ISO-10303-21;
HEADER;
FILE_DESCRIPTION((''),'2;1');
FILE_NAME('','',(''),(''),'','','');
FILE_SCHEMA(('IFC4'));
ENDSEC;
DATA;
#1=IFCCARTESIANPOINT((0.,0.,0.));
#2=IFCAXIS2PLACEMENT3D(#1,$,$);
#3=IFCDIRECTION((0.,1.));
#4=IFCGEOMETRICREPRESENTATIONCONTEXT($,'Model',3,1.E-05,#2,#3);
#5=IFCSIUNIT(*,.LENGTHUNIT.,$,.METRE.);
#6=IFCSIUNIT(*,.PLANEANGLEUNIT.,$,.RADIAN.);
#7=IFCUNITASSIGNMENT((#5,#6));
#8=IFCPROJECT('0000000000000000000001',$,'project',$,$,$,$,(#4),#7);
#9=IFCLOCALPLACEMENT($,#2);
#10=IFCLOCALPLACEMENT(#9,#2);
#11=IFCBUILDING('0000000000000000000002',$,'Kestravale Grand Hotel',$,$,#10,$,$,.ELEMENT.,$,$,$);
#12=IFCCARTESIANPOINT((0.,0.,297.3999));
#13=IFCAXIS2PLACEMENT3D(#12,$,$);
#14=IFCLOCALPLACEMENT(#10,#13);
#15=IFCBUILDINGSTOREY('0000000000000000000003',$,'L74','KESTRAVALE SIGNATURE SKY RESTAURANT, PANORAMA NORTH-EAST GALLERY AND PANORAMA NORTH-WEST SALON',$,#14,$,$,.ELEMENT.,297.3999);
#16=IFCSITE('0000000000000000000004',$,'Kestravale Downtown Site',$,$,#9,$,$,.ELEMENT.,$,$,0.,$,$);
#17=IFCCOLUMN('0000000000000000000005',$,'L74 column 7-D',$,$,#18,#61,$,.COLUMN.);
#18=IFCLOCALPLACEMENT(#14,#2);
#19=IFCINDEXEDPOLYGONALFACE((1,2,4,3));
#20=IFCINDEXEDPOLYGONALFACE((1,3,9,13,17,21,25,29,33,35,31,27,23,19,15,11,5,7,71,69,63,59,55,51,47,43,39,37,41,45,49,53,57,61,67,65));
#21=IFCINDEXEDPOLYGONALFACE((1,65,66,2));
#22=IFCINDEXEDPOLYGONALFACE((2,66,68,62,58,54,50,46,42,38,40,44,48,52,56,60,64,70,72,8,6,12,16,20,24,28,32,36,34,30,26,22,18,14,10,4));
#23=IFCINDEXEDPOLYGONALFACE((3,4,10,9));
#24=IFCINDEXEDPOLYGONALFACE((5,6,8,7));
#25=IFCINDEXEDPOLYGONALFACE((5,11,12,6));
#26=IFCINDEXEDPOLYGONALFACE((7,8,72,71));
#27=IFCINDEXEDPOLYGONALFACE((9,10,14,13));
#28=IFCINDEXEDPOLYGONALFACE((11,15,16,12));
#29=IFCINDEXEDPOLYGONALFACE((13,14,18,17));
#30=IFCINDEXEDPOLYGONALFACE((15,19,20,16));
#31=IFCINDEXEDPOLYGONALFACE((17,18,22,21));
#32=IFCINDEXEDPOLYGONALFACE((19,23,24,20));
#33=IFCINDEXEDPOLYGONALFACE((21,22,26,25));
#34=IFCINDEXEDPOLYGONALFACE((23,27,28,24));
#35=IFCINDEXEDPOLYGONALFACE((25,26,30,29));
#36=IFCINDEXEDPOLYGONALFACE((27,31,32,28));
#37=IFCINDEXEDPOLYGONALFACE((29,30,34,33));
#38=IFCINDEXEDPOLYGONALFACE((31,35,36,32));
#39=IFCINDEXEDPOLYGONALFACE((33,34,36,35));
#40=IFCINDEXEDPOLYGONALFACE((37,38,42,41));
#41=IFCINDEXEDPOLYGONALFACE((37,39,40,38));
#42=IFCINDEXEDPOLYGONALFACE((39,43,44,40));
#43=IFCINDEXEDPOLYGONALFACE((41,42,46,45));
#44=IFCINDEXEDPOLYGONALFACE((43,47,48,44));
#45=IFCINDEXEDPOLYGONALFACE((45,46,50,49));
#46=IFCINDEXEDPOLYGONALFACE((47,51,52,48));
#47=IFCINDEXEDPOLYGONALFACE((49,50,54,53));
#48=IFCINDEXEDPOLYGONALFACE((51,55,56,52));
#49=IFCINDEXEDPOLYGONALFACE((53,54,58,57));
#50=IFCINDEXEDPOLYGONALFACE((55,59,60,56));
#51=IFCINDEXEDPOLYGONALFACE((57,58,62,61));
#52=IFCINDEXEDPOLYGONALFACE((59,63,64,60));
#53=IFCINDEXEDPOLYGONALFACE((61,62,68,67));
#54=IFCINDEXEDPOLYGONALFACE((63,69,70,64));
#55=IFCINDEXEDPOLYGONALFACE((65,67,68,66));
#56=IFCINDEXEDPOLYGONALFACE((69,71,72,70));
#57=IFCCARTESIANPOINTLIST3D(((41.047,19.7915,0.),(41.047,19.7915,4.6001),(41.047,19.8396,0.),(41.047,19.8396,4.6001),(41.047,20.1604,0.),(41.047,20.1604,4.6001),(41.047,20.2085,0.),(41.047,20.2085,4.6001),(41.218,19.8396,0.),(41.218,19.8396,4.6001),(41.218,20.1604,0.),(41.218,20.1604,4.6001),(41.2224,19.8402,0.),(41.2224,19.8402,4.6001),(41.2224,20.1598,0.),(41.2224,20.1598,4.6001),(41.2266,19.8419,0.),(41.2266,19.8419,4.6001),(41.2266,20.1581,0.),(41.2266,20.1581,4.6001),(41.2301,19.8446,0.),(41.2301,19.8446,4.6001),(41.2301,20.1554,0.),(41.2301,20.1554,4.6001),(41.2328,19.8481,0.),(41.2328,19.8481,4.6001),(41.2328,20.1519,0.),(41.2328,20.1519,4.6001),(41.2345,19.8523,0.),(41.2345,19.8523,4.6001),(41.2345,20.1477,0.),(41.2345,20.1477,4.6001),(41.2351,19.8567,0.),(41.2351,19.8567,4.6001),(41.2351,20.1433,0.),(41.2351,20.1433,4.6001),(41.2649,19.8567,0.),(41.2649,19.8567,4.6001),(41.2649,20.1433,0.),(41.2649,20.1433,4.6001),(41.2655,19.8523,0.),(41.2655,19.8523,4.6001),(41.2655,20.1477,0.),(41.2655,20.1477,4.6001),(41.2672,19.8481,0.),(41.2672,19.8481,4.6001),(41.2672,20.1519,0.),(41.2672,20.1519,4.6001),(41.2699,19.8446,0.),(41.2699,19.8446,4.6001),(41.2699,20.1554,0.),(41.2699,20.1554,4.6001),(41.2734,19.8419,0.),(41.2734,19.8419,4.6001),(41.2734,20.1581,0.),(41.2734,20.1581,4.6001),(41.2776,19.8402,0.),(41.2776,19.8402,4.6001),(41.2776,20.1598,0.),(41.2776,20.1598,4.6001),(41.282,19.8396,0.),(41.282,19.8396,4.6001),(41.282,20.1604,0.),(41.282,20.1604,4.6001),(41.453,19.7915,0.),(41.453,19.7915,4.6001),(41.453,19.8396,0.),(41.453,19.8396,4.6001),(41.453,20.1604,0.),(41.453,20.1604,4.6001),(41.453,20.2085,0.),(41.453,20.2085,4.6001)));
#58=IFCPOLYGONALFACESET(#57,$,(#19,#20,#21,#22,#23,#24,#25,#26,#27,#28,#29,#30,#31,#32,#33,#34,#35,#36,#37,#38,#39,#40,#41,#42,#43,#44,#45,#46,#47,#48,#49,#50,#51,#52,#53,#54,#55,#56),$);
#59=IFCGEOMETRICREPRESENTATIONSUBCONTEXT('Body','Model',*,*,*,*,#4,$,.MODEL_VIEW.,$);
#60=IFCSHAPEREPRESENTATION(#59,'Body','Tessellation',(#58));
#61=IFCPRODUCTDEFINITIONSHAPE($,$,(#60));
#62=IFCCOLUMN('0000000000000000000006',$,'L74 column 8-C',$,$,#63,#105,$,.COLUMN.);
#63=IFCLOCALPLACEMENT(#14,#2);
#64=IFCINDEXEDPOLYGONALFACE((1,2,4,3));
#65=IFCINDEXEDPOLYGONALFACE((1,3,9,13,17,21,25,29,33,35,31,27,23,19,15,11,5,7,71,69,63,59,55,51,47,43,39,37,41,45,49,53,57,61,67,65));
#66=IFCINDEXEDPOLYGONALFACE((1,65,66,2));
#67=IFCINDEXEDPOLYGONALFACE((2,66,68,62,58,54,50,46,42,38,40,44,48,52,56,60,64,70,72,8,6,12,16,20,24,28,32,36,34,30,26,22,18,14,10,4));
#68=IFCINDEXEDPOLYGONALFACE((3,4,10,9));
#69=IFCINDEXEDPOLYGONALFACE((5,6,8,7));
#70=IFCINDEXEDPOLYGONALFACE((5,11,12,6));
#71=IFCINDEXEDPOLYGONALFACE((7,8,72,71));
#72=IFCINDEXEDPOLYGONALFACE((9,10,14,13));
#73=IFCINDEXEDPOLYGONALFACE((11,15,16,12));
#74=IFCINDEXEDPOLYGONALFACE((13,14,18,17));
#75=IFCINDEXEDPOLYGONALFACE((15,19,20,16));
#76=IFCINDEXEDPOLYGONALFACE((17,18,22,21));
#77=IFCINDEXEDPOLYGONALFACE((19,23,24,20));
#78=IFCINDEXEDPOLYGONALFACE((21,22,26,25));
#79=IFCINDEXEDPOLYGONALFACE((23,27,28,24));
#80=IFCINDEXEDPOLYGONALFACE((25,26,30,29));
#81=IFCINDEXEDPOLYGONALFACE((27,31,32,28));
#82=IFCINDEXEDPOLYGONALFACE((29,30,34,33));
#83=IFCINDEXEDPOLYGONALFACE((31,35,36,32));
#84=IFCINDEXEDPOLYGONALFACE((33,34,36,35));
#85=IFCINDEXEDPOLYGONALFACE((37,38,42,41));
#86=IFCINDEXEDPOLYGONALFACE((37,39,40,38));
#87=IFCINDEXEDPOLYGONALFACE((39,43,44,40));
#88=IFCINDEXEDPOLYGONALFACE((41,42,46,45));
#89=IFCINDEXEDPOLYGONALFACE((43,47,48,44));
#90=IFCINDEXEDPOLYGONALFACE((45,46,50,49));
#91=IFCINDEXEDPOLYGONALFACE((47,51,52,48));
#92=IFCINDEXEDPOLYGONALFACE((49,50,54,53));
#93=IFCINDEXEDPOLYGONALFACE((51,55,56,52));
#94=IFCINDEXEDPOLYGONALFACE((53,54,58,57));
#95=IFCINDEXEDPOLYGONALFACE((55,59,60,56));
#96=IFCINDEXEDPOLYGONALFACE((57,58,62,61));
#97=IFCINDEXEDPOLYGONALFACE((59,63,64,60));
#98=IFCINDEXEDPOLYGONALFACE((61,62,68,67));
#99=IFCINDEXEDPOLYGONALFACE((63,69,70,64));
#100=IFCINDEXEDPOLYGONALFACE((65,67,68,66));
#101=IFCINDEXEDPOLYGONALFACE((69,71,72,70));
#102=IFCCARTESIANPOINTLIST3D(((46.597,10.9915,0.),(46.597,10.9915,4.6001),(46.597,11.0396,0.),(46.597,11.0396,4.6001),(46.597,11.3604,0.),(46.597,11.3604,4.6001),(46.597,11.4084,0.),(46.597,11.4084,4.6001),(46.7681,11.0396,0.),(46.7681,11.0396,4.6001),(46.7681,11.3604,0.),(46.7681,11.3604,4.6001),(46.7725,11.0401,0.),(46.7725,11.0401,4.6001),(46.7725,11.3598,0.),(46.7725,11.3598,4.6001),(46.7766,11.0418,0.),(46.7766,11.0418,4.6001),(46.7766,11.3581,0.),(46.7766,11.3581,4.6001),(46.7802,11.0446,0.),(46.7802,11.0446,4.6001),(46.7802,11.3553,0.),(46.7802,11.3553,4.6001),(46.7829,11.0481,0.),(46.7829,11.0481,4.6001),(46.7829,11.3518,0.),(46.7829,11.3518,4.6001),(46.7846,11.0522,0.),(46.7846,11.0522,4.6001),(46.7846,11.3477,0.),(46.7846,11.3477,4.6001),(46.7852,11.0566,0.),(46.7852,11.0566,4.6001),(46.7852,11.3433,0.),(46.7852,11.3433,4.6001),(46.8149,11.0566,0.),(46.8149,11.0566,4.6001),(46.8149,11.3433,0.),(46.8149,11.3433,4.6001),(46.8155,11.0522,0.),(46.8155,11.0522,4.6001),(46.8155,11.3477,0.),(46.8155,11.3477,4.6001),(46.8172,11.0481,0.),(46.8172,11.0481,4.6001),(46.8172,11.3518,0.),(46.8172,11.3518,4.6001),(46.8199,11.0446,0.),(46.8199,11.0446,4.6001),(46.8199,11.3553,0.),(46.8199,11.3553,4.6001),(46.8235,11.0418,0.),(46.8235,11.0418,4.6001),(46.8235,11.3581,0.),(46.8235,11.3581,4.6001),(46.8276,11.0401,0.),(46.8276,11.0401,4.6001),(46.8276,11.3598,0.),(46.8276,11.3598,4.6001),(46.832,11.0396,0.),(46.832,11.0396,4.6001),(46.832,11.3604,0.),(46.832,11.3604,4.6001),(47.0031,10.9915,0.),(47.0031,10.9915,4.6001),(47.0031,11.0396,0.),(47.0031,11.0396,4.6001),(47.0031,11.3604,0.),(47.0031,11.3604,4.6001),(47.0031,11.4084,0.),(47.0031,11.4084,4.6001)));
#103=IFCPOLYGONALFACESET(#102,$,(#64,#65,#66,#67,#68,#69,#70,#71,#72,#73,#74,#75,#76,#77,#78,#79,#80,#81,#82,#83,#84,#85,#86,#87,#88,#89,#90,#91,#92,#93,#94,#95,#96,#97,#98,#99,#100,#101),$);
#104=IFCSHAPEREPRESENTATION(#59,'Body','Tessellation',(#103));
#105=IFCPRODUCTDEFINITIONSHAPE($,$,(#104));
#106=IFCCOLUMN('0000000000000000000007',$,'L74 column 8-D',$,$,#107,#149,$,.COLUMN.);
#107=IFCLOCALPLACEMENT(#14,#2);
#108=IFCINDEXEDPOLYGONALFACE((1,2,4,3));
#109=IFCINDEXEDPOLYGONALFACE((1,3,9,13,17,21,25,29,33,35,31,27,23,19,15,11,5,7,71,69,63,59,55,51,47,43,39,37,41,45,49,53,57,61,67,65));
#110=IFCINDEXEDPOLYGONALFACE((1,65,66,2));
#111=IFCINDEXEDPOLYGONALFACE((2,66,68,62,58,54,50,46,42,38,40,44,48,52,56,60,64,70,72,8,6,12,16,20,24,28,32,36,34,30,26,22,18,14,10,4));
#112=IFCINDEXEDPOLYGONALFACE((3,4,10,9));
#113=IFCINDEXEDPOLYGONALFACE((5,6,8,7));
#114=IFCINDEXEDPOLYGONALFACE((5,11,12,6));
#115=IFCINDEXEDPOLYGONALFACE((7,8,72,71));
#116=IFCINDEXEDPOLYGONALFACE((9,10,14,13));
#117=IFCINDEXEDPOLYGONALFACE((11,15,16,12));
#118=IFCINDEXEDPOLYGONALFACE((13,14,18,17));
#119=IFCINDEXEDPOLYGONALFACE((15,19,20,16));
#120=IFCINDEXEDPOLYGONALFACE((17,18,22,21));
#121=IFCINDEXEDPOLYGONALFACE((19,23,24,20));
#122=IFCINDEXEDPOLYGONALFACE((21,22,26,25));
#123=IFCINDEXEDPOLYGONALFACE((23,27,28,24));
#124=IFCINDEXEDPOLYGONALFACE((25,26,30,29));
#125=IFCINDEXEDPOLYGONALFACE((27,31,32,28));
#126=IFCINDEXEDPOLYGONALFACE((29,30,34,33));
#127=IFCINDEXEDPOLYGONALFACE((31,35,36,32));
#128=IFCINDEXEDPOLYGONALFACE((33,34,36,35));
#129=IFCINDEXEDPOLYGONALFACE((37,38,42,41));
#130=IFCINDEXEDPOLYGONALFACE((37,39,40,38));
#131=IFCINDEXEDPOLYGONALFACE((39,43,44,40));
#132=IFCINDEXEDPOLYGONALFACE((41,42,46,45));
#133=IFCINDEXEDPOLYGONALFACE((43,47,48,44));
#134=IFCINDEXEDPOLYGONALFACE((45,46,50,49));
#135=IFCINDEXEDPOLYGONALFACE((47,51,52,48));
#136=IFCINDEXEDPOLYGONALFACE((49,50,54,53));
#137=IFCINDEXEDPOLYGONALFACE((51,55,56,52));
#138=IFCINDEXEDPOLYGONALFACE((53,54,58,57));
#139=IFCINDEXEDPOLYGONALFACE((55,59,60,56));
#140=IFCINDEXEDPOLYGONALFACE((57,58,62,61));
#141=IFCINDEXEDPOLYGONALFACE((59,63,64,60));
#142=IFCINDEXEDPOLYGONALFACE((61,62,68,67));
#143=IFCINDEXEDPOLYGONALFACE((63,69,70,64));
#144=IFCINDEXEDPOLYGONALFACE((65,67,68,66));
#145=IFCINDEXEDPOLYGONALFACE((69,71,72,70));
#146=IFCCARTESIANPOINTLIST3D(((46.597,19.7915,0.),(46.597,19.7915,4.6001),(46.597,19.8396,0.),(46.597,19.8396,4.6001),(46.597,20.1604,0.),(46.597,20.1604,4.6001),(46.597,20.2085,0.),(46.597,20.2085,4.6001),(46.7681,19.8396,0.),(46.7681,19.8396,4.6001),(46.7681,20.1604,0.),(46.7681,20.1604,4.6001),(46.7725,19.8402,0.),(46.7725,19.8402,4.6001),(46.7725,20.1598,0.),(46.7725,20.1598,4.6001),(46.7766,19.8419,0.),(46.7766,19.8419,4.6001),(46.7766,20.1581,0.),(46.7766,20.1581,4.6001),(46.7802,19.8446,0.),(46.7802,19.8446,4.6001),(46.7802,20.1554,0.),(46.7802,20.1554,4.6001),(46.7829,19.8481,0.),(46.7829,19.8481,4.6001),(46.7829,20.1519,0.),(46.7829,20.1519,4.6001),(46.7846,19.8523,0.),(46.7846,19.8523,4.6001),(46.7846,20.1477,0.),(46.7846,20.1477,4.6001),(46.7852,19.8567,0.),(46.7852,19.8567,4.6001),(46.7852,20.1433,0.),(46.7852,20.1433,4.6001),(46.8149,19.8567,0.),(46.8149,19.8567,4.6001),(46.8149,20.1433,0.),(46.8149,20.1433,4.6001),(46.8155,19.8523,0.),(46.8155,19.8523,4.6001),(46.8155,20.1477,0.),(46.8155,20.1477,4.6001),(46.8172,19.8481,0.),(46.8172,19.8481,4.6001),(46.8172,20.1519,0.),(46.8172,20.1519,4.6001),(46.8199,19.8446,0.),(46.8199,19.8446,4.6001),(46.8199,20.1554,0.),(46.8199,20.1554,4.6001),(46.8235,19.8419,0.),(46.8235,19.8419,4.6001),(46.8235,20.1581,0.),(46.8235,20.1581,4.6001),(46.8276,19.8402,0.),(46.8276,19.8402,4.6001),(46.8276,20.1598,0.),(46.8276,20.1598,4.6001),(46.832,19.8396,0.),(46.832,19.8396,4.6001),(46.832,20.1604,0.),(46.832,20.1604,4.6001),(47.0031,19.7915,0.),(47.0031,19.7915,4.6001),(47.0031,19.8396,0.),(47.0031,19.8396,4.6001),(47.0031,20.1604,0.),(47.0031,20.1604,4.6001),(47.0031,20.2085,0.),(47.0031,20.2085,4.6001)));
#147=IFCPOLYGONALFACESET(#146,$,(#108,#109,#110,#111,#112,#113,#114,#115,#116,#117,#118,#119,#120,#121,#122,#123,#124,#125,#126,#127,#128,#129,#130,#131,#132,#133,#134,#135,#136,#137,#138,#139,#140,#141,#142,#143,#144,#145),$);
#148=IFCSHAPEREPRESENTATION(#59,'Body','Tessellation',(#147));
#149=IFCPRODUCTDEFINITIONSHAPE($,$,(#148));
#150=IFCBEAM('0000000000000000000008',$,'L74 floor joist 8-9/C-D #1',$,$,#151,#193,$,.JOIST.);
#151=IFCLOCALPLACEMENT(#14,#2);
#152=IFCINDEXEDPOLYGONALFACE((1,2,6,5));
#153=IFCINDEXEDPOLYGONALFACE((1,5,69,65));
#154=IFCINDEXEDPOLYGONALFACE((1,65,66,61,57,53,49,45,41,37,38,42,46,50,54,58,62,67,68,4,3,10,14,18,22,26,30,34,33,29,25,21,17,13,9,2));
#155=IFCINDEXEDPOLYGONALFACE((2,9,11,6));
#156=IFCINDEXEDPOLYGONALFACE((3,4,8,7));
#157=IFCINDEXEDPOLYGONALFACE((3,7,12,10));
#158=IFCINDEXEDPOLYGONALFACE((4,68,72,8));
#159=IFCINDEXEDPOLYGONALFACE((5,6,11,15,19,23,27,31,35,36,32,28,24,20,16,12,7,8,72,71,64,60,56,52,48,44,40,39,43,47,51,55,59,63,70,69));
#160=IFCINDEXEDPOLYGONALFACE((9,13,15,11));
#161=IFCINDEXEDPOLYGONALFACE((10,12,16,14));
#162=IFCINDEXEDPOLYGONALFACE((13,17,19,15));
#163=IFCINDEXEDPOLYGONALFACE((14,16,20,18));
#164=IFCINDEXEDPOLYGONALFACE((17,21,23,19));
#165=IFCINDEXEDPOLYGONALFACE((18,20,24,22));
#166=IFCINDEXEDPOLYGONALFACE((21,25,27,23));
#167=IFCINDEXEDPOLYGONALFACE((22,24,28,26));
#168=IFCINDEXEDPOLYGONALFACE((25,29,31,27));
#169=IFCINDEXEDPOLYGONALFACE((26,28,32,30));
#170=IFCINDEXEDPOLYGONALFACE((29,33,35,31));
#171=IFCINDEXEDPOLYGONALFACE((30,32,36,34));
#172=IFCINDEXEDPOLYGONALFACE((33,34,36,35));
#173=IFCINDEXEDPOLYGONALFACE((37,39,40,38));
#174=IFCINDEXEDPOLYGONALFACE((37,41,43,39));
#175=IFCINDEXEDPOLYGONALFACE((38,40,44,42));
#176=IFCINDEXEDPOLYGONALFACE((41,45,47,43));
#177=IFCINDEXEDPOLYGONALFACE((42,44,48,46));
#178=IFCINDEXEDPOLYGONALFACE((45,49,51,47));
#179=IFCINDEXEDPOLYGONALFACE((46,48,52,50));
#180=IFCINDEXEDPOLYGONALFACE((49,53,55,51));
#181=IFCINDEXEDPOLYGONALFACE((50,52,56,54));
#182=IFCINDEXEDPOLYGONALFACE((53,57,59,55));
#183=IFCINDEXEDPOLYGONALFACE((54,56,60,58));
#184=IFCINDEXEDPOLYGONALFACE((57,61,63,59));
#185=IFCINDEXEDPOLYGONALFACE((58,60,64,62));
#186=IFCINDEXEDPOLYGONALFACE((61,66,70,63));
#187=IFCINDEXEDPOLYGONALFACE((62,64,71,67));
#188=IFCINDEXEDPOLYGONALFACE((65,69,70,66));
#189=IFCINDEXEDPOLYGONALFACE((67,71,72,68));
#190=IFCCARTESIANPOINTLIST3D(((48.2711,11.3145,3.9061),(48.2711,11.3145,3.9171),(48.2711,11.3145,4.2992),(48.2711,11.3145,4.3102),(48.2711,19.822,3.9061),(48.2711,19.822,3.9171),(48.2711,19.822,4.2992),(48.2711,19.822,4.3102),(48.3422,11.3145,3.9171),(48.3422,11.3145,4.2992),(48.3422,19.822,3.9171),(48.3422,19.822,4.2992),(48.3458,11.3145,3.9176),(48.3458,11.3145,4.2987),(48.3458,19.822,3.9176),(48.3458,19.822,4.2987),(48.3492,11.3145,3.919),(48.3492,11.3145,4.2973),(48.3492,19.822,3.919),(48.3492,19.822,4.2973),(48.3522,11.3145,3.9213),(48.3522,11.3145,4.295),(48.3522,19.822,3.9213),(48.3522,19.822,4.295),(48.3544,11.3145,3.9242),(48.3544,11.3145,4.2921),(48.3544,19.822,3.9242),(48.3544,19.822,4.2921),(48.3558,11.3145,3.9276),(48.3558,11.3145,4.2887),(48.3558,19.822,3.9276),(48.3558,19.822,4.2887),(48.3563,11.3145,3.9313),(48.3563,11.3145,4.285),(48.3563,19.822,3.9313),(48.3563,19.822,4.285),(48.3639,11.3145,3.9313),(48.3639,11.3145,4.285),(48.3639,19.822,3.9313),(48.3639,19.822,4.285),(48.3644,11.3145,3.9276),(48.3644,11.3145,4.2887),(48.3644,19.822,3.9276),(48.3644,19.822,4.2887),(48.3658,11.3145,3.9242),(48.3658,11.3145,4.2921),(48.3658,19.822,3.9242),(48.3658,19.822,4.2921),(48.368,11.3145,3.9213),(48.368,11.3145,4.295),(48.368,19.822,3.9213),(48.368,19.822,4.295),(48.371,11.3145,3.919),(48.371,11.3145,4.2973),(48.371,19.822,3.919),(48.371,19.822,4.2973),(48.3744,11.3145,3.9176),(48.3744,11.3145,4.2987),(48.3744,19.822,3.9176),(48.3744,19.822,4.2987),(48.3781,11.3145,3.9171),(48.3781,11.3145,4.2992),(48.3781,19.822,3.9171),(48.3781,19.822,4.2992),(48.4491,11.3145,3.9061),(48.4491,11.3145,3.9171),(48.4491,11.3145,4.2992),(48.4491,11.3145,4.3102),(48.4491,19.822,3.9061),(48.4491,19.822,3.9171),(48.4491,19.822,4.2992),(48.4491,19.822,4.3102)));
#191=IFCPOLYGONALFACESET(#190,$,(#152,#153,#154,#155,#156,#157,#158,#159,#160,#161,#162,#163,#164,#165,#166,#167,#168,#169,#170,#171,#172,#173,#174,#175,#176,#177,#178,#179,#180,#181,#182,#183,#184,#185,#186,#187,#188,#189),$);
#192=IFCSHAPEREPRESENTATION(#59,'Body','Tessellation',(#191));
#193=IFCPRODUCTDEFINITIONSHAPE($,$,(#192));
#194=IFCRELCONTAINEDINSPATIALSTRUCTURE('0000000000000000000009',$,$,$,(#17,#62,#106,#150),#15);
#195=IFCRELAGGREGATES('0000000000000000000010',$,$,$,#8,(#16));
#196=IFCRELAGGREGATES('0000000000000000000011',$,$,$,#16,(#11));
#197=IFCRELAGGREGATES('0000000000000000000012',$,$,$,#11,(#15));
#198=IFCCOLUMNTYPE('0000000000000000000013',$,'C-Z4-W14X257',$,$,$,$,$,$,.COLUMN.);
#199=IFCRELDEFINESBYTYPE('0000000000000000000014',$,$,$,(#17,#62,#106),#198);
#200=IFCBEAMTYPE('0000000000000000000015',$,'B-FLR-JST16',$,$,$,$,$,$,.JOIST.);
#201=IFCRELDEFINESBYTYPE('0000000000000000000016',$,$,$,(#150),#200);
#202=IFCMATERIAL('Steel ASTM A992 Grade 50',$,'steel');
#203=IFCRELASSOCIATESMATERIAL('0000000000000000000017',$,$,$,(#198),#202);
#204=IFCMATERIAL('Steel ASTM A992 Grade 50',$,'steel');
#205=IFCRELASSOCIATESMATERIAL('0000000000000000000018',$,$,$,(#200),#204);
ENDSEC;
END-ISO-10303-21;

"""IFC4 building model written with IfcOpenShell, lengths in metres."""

from ifc_helpers import new_model, si_unit, direction, frame, origin, origin_2d, place, context, subcontext, project, spatial, i_section, extrude, material, material_profile, profile_set, type_object, element, save


model = new_model("IFC4")

# Units and contexts
model_context = context("Model", 3, precision=1e-05, world=origin(), true_north=direction((0.0, 1.0)))
body_context = subcontext(model_context, "Body", "Model", "MODEL_VIEW")
ifc_project = project(units=[si_unit("LENGTHUNIT", "METRE"), si_unit("PLANEANGLEUNIT", "RADIAN")], contexts=[model_context])

# Site, building, storey
site_placement = place(None, origin())
site = spatial("IfcSite", under=ifc_project, at=site_placement, Name="Kestravale Downtown Site", CompositionType="ELEMENT", RefElevation=0.0)
building_placement = place(site_placement, origin())
building = spatial("IfcBuilding", under=site, at=building_placement, Name="Kestravale Grand Hotel", CompositionType="ELEMENT")
storey_placement = place(building_placement, frame((0.0, 0.0, 297.3999)))
storey = spatial("IfcBuildingStorey", under=building, at=storey_placement, Name="L74", Description="KESTRAVALE SIGNATURE SKY RESTAURANT, PANORAMA NORTH-EAST GALLERY AND PANORAMA NORTH-WEST SALON", CompositionType="ELEMENT", Elevation=297.3999)

# Columns
ifc_material_1 = material(Name="Steel ASTM A992 Grade 50", Category="steel")
ifc_material_profile_1 = material_profile(ifc_material_1, i_section(OverallWidth=0.406, OverallDepth=0.417, WebThickness=0.0298, FlangeThickness=0.0481, FilletRadius=0.0171, at=origin_2d()))
ifc_profile_set_1 = profile_set([ifc_material_profile_1], Name="Steel ASTM A992 Grade 50")
column_type = type_object("IfcColumnType", Name="C-Z4-W14X257", PredefinedType="COLUMN", material=ifc_profile_set_1)
for number, where, z_axis, x_axis, name in (
    (1, (41.25, 20.0, 0.0), (0.0, 0.0, 1.0), (1.0, 0.0, 0.0), "L74 column 7-D"),
    (2, (46.8, 11.2, 0.0), (0.0, 0.0, 1.0), (1.0, 0.0, 0.0), "L74 column 8-C"),
    (3, (46.8, 20.0, 0.0), (0.0, 0.0, 1.0), (1.0, 0.0, 0.0), "L74 column 8-D"),
):
    element("IfcColumn", number, at=place(storey_placement, frame(where, z_axis=z_axis, x_axis=x_axis)), inside=storey, type_object=column_type, Name=name, PredefinedType="COLUMN", context=body_context, shape_type="SweptSolid", body=[
        extrude(i_section(OverallWidth=0.406, OverallDepth=0.417, WebThickness=0.0298, FlangeThickness=0.0481, FilletRadius=0.0171, at=origin_2d()), origin(), (0.0, 0.0, 1.0), 4.6001),
    ])

# Beam
ifc_material_2 = material(Name="Steel ASTM A992 Grade 50", Category="steel")
ifc_material_profile_2 = material_profile(ifc_material_2, i_section(OverallWidth=0.178, OverallDepth=0.4041, WebThickness=0.0076, FlangeThickness=0.011, FilletRadius=0.0142, at=origin_2d()))
ifc_profile_set_2 = profile_set([ifc_material_profile_2], Name="Steel ASTM A992 Grade 50")
beam_type_1 = type_object("IfcBeamType", Name="B-FLR-JST16", PredefinedType="JOIST", material=ifc_profile_set_2)
for number, where, z_axis, x_axis, name in (
    (4, (48.3601, 11.3145, 4.1082), (0.0, 1.0, 0.0), (-1.0, 0.0, 0.0), "L74 floor joist 8-9/C-D #1"),
):
    element("IfcBeam", number, at=place(storey_placement, frame(where, z_axis=z_axis, x_axis=x_axis)), inside=storey, type_object=beam_type_1, Name=name, PredefinedType="JOIST", context=body_context, shape_type="SweptSolid", body=[
        extrude(i_section(OverallWidth=0.178, OverallDepth=0.4041, WebThickness=0.0076, FlangeThickness=0.011, FilletRadius=0.0142, at=origin_2d()), origin(), (0.0, 0.0, 1.0), 8.5076),
    ])

save(model, "model.ifc")
